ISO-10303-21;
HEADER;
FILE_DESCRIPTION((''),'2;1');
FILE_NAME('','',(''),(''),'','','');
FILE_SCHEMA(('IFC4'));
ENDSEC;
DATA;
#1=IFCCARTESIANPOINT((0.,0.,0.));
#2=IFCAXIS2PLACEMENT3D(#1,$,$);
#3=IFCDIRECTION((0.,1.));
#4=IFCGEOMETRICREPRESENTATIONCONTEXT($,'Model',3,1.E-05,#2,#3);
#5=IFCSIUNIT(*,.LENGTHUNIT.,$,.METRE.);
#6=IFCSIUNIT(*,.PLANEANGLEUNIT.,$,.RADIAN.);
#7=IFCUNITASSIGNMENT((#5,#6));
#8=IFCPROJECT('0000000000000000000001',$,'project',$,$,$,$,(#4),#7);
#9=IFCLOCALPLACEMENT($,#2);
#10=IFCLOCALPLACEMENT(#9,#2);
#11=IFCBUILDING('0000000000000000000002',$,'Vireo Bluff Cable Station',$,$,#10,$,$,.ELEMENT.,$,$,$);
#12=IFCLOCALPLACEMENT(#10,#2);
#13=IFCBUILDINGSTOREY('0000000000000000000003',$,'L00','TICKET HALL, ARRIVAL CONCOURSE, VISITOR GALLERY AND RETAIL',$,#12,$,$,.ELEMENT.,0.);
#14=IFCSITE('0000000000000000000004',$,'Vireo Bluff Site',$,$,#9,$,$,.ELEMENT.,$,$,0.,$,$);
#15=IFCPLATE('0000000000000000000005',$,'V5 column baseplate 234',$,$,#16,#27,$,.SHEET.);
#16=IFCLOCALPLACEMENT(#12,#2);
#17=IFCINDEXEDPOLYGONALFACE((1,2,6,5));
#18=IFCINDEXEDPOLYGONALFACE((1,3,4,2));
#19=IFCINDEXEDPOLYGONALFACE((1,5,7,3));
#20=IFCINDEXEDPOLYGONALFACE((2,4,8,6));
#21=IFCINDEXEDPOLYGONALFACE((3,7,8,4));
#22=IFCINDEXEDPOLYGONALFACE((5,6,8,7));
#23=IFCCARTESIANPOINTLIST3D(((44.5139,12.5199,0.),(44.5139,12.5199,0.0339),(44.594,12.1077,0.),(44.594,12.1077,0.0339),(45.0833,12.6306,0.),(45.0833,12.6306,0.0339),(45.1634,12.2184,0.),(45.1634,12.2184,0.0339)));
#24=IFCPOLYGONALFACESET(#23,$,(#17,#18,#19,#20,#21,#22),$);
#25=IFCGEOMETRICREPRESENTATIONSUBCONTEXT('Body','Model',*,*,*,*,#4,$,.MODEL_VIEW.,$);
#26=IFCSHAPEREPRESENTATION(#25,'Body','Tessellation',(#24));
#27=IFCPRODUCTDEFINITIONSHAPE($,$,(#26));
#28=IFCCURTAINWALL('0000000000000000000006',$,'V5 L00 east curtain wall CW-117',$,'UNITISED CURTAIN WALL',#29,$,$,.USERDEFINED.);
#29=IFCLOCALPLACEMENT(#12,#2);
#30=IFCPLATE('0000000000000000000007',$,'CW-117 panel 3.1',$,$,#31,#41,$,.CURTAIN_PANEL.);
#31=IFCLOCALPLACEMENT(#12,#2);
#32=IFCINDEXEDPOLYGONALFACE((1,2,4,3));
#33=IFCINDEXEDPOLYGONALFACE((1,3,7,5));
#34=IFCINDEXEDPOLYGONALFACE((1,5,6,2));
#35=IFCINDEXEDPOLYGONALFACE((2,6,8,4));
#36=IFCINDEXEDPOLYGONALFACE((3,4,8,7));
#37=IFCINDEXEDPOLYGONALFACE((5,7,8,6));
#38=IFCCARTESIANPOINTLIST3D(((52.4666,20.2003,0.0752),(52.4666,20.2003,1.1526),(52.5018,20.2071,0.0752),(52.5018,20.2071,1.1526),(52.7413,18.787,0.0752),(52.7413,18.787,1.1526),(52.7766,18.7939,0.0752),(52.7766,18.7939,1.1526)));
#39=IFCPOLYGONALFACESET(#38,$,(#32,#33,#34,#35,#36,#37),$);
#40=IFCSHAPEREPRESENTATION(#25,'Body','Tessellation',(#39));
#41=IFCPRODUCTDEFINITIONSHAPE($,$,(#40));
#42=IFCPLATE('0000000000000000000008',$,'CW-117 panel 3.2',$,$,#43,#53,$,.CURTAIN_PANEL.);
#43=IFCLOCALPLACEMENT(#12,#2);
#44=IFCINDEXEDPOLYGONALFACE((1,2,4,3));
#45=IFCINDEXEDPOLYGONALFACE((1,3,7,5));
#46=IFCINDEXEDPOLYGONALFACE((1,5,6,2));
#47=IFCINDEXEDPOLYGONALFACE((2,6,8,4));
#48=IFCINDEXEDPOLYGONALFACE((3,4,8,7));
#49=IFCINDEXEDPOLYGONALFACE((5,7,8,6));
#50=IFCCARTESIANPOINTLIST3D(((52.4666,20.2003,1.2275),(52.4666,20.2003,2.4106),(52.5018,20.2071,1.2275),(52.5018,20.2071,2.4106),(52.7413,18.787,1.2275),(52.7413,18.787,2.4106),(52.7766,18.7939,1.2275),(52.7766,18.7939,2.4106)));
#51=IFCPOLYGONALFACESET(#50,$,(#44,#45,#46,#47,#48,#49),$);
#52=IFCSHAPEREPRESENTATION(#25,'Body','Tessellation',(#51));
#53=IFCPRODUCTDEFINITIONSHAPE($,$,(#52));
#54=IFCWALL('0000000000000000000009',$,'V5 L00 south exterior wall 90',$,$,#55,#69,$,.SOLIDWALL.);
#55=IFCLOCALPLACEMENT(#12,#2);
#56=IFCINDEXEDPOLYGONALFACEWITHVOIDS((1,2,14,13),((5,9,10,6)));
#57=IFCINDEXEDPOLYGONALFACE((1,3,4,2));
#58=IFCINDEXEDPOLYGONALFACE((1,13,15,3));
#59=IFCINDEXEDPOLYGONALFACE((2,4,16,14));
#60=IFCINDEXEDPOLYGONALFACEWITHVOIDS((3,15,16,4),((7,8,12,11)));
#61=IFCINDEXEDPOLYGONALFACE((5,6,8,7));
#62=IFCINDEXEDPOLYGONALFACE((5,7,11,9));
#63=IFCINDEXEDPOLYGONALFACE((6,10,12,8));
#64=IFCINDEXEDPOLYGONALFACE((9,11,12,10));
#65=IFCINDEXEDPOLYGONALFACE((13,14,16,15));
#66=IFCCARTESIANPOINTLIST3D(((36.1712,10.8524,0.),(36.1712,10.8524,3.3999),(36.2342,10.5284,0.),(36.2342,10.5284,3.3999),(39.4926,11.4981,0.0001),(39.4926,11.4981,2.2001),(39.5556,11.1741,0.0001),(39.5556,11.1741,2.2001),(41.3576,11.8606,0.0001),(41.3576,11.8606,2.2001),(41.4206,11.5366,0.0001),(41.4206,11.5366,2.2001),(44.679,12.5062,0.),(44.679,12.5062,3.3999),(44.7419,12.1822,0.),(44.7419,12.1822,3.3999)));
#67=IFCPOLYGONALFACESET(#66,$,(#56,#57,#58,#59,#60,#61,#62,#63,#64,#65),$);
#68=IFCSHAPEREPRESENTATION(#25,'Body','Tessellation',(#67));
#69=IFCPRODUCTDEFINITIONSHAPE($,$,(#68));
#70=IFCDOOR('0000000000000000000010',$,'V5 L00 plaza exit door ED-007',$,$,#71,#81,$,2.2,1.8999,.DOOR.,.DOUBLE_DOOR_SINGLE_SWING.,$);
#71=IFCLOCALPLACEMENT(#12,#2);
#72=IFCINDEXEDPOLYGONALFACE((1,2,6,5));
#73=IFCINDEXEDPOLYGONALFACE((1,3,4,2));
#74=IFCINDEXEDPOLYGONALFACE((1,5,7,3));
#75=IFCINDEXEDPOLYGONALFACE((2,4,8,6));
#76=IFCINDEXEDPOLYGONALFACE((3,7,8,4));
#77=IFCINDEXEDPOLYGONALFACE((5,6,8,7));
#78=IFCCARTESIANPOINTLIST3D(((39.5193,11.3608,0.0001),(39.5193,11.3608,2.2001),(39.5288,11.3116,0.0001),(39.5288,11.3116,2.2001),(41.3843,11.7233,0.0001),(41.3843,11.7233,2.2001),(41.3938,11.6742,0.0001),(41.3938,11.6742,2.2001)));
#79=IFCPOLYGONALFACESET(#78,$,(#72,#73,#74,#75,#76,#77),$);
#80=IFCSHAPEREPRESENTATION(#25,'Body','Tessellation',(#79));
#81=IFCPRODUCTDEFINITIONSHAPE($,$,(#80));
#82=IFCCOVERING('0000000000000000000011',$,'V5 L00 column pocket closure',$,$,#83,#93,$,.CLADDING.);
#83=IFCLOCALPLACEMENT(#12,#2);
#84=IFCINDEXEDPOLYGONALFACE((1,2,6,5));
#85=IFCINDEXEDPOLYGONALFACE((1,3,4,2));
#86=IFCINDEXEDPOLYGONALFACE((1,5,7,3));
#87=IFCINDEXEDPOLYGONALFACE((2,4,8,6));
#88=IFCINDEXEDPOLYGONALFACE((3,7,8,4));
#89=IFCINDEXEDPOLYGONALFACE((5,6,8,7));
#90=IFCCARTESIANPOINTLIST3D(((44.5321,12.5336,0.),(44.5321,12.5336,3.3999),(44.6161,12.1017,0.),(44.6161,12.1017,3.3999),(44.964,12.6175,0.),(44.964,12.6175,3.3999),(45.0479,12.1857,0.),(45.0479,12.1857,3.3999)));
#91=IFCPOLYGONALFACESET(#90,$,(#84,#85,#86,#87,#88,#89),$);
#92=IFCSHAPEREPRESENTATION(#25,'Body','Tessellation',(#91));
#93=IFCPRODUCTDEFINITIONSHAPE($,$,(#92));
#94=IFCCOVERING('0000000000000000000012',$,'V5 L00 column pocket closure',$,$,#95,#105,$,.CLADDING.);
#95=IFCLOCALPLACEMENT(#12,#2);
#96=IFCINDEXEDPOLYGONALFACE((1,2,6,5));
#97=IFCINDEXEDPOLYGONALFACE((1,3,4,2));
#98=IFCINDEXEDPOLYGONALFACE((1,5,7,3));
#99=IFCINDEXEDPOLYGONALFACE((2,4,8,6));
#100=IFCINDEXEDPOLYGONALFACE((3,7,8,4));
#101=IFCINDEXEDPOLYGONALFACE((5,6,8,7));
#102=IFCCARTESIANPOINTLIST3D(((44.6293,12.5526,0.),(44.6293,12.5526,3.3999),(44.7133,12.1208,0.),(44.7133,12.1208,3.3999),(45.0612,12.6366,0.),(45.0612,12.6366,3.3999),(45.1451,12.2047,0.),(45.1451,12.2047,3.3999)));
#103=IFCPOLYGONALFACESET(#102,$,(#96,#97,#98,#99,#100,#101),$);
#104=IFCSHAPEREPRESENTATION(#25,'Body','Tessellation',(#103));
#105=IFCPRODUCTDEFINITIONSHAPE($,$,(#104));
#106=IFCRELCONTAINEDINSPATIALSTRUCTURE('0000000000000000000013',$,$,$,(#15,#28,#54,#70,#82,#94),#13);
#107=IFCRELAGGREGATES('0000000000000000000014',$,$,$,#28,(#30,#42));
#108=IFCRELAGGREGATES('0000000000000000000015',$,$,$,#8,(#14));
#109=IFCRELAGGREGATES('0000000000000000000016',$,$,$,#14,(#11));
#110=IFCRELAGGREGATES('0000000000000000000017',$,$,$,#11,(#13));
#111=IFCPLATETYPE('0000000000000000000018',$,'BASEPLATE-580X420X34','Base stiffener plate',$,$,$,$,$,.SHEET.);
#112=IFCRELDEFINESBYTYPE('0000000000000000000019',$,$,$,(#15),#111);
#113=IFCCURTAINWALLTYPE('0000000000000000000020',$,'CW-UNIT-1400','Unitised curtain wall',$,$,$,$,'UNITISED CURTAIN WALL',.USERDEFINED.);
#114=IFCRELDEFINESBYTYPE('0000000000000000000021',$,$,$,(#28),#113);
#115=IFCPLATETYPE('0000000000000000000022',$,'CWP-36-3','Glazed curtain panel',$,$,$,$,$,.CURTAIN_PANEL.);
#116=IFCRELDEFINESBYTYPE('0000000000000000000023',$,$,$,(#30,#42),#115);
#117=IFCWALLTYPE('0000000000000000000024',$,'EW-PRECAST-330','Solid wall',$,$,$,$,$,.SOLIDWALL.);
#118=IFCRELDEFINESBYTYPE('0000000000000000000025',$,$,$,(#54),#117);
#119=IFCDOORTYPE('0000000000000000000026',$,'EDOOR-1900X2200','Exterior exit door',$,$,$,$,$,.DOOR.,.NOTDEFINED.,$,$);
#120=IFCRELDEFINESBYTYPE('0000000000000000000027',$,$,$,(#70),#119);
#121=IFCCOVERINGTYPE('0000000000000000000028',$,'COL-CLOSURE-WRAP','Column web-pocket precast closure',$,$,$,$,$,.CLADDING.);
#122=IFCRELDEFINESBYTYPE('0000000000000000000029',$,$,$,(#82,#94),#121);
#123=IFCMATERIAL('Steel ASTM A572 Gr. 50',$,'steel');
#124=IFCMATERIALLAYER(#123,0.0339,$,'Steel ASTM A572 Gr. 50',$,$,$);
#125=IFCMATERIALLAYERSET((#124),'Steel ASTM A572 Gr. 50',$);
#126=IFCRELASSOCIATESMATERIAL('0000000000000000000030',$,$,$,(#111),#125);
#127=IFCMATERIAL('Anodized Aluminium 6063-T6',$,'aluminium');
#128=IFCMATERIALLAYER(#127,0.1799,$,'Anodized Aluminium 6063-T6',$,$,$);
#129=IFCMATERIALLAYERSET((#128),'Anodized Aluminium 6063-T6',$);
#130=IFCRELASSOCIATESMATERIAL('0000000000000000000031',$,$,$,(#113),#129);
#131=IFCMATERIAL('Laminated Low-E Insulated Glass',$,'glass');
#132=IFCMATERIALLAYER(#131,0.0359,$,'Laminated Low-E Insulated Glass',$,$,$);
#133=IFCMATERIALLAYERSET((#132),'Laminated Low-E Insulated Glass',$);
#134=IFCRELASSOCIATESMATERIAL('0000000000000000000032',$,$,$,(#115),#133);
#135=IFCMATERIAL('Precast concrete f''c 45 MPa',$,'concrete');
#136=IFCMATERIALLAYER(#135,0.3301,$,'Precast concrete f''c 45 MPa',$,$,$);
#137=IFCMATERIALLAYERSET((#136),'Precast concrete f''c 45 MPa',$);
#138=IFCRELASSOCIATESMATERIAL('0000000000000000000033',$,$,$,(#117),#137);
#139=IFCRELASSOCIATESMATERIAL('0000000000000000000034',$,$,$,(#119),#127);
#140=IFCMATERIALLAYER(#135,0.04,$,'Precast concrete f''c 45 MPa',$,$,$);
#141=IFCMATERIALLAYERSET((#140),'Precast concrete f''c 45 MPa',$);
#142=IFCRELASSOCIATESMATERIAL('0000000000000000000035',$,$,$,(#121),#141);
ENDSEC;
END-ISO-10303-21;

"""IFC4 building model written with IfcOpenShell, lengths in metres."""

from ifc_helpers import new_model, si_unit, direction, frame, frame_2d, origin, origin_with_axes, origin_2d, place, context, subcontext, project, spatial, rectangle, extrude, material, layer, layer_set, type_object, element, fill, aggregate, save


model = new_model("IFC4")

# Units and contexts
model_context = context("Model", 3, precision=1e-05, world=origin(), true_north=direction((0.0, 1.0)))
body_context = subcontext(model_context, "Body", "Model", "MODEL_VIEW")
ifc_project = project(units=[si_unit("LENGTHUNIT", "METRE"), si_unit("PLANEANGLEUNIT", "RADIAN")], contexts=[model_context])

# Site, building, storey
site_placement = place(None, origin())
site = spatial("IfcSite", under=ifc_project, at=site_placement, Name="Vireo Bluff Site", CompositionType="ELEMENT", RefElevation=0.0)
building_placement = place(site_placement, origin())
building = spatial("IfcBuilding", under=site, at=building_placement, Name="Vireo Bluff Cable Station", CompositionType="ELEMENT")
storey_placement = place(building_placement, origin())
storey = spatial("IfcBuildingStorey", under=building, at=storey_placement, Name="L00", Description="TICKET HALL, ARRIVAL CONCOURSE, VISITOR GALLERY AND RETAIL", CompositionType="ELEMENT", Elevation=0.0)

# Plate
ifc_material_1 = material(Name="Steel ASTM A572 Gr. 50", Category="steel")
ifc_layer_1 = layer(ifc_material_1, 0.0339, Name="Steel ASTM A572 Gr. 50")
ifc_layer_set_1 = layer_set([ifc_layer_1], Name="Steel ASTM A572 Gr. 50")
plate_type_1 = type_object("IfcPlateType", Name="BASEPLATE-580X420X34", Description="Base stiffener plate", PredefinedType="SHEET", material=ifc_layer_set_1)
plate_1_placement = place(storey_placement, frame((44.8386, 12.3691, 0.0), z_axis=(0.0, 0.0, 1.0), x_axis=(0.981627, 0.190809, 0.0)))
element("IfcPlate", 1, at=plate_1_placement, inside=storey, type_object=plate_type_1, Name="V5 column baseplate 234", PredefinedType="SHEET", context=body_context, shape_type="SweptSolid", body=[
    extrude(rectangle(XDim=0.5801, YDim=0.4199, at=origin_2d()), origin(), (0.0, 0.0, 1.0), 0.0339),
])

# Curtain wall, plates
ifc_material_2 = material(Name="Anodized Aluminium 6063-T6", Category="aluminium")
ifc_layer_2 = layer(ifc_material_2, 0.1799, Name="Anodized Aluminium 6063-T6")
ifc_layer_set_2 = layer_set([ifc_layer_2], Name="Anodized Aluminium 6063-T6")
curtain_wall_type = type_object("IfcCurtainWallType", Name="CW-UNIT-1400", Description="Unitised curtain wall", ElementType="UNITISED CURTAIN WALL", PredefinedType="USERDEFINED", material=ifc_layer_set_2)
curtain_wall_placement = place(storey_placement, origin())
curtain_wall = element("IfcCurtainWall", 2, at=curtain_wall_placement, inside=storey, type_object=curtain_wall_type, Name="V5 L00 east curtain wall CW-117", ObjectType="UNITISED CURTAIN WALL", PredefinedType="USERDEFINED")
ifc_material_3 = material(Name="Laminated Low-E Insulated Glass", Category="glass")
ifc_layer_3 = layer(ifc_material_3, 0.0359, Name="Laminated Low-E Insulated Glass")
ifc_layer_set_3 = layer_set([ifc_layer_3], Name="Laminated Low-E Insulated Glass")
plate_type_2 = type_object("IfcPlateType", Name="CWP-36-3", Description="Glazed curtain panel", PredefinedType="CURTAIN_PANEL", material=ifc_layer_set_3)
plate_2_placement = place(storey_placement, frame((52.6216, 19.4971, 0.0752), z_axis=(0.0, 0.0, 1.0), x_axis=(0.190809, -0.981627, 0.0)))
plate_2 = element("IfcPlate", 3, at=plate_2_placement, type_object=plate_type_2, Name="CW-117 panel 3.1", PredefinedType="CURTAIN_PANEL", context=body_context, shape_type="SweptSolid", body=[
    extrude(rectangle(XDim=1.4397, YDim=0.0359, at=origin_2d()), origin(), (0.0, 0.0, 1.0), 1.0774),
])
plate_3_placement = place(storey_placement, frame((52.6216, 19.4971, 1.2275), z_axis=(0.0, 0.0, 1.0), x_axis=(0.190809, -0.981627, 0.0)))
plate_3 = element("IfcPlate", 4, at=plate_3_placement, type_object=plate_type_2, Name="CW-117 panel 3.2", PredefinedType="CURTAIN_PANEL", context=body_context, shape_type="SweptSolid", body=[
    extrude(rectangle(XDim=1.4397, YDim=0.0359, at=origin_2d()), origin(), (0.0, 0.0, 1.0), 1.1831),
])
aggregate(curtain_wall, [plate_2, plate_3])

# Wall, opening, door
ifc_material_4 = material(Name="Precast concrete f'c 45 MPa", Category="concrete")
ifc_layer_4 = layer(ifc_material_4, 0.3301, Name="Precast concrete f'c 45 MPa")
ifc_layer_set_4 = layer_set([ifc_layer_4], Name="Precast concrete f'c 45 MPa")
wall_type = type_object("IfcWallType", Name="EW-PRECAST-330", Description="Solid wall", PredefinedType="SOLIDWALL", material=ifc_layer_set_4)
wall_placement = place(storey_placement, frame((44.7104, 12.3442, 0.0), z_axis=(0.0, 0.0, 1.0), x_axis=(-0.981626, -0.190815, 0.0)))
wall = element("IfcWall", 5, at=wall_placement, inside=storey, type_object=wall_type, Name="V5 L00 south exterior wall 90", PredefinedType="SOLIDWALL", context=body_context, shape_type="SweptSolid", body=[
    extrude(rectangle(XDim=8.667, YDim=0.3301, at=frame_2d((4.3335, 0.0))), origin(), (0.0, 0.0, 1.0), 3.3999),
])
opening_placement = place(wall_placement, frame((3.3835, 0.0, 0.0)))
opening = element("IfcOpeningElement", 6, at=opening_placement, cuts=wall, PredefinedType="OPENING", context=body_context, shape_type="SweptSolid", body=[
    extrude(rectangle(XDim=1.8999, YDim=2.2, at=frame_2d((0.95, 1.1001))), frame((0.0, 0.175, 0.0), z_axis=(0.0, -1.0, 0.0), x_axis=(1.0, 0.0, 0.0)), (0.0, 0.0, 1.0), 0.3501),
])
door_type = type_object("IfcDoorType", Name="EDOOR-1900X2200", Description="Exterior exit door", OperationType="NOTDEFINED", PredefinedType="DOOR", material=ifc_material_2)
door_placement = place(opening_placement, origin_with_axes())
door = element("IfcDoor", 7, at=door_placement, inside=storey, type_object=door_type, Name="V5 L00 plaza exit door ED-007", OperationType="DOUBLE_DOOR_SINGLE_SWING", OverallHeight=2.2, OverallWidth=1.8999, PredefinedType="DOOR", context=body_context, shape_type="SweptSolid", body=[
    extrude(rectangle(XDim=1.8999, YDim=2.2, at=frame_2d((0.95, 1.1001))), frame((0.0, 0.0249, 0.0), z_axis=(0.0, -1.0, 0.0), x_axis=(1.0, 0.0, 0.0)), (0.0, 0.0, 1.0), 0.05),
])
fill(opening, door)

# Coverings
ifc_layer_5 = layer(ifc_material_4, 0.04, Name="Precast concrete f'c 45 MPa")
ifc_layer_set_5 = layer_set([ifc_layer_5], Name="Precast concrete f'c 45 MPa")
covering_type = type_object("IfcCoveringType", Name="COL-CLOSURE-WRAP", Description="Column web-pocket precast closure", PredefinedType="CLADDING", material=ifc_layer_set_5)
for number, where, z_axis, x_axis, name in (
    (8, (44.79, 12.3596, 0.0), (0.0, 0.0, 1.0), (0.981627, 0.190809, 0.0), "V5 L00 column pocket closure"),
    (9, (44.8872, 12.3787, 0.0), (0.0, 0.0, 1.0), (0.981627, 0.190809, 0.0), "V5 L00 column pocket closure"),
):
    element("IfcCovering", number, at=place(storey_placement, frame(where, z_axis=z_axis, x_axis=x_axis)), inside=storey, type_object=covering_type, Name=name, PredefinedType="CLADDING", context=body_context, shape_type="SweptSolid", body=[
        extrude(rectangle(XDim=0.4399, YDim=0.4399, at=origin_2d()), origin(), (0.0, 0.0, 1.0), 3.3999),
    ])

save(model, "model.ifc")
